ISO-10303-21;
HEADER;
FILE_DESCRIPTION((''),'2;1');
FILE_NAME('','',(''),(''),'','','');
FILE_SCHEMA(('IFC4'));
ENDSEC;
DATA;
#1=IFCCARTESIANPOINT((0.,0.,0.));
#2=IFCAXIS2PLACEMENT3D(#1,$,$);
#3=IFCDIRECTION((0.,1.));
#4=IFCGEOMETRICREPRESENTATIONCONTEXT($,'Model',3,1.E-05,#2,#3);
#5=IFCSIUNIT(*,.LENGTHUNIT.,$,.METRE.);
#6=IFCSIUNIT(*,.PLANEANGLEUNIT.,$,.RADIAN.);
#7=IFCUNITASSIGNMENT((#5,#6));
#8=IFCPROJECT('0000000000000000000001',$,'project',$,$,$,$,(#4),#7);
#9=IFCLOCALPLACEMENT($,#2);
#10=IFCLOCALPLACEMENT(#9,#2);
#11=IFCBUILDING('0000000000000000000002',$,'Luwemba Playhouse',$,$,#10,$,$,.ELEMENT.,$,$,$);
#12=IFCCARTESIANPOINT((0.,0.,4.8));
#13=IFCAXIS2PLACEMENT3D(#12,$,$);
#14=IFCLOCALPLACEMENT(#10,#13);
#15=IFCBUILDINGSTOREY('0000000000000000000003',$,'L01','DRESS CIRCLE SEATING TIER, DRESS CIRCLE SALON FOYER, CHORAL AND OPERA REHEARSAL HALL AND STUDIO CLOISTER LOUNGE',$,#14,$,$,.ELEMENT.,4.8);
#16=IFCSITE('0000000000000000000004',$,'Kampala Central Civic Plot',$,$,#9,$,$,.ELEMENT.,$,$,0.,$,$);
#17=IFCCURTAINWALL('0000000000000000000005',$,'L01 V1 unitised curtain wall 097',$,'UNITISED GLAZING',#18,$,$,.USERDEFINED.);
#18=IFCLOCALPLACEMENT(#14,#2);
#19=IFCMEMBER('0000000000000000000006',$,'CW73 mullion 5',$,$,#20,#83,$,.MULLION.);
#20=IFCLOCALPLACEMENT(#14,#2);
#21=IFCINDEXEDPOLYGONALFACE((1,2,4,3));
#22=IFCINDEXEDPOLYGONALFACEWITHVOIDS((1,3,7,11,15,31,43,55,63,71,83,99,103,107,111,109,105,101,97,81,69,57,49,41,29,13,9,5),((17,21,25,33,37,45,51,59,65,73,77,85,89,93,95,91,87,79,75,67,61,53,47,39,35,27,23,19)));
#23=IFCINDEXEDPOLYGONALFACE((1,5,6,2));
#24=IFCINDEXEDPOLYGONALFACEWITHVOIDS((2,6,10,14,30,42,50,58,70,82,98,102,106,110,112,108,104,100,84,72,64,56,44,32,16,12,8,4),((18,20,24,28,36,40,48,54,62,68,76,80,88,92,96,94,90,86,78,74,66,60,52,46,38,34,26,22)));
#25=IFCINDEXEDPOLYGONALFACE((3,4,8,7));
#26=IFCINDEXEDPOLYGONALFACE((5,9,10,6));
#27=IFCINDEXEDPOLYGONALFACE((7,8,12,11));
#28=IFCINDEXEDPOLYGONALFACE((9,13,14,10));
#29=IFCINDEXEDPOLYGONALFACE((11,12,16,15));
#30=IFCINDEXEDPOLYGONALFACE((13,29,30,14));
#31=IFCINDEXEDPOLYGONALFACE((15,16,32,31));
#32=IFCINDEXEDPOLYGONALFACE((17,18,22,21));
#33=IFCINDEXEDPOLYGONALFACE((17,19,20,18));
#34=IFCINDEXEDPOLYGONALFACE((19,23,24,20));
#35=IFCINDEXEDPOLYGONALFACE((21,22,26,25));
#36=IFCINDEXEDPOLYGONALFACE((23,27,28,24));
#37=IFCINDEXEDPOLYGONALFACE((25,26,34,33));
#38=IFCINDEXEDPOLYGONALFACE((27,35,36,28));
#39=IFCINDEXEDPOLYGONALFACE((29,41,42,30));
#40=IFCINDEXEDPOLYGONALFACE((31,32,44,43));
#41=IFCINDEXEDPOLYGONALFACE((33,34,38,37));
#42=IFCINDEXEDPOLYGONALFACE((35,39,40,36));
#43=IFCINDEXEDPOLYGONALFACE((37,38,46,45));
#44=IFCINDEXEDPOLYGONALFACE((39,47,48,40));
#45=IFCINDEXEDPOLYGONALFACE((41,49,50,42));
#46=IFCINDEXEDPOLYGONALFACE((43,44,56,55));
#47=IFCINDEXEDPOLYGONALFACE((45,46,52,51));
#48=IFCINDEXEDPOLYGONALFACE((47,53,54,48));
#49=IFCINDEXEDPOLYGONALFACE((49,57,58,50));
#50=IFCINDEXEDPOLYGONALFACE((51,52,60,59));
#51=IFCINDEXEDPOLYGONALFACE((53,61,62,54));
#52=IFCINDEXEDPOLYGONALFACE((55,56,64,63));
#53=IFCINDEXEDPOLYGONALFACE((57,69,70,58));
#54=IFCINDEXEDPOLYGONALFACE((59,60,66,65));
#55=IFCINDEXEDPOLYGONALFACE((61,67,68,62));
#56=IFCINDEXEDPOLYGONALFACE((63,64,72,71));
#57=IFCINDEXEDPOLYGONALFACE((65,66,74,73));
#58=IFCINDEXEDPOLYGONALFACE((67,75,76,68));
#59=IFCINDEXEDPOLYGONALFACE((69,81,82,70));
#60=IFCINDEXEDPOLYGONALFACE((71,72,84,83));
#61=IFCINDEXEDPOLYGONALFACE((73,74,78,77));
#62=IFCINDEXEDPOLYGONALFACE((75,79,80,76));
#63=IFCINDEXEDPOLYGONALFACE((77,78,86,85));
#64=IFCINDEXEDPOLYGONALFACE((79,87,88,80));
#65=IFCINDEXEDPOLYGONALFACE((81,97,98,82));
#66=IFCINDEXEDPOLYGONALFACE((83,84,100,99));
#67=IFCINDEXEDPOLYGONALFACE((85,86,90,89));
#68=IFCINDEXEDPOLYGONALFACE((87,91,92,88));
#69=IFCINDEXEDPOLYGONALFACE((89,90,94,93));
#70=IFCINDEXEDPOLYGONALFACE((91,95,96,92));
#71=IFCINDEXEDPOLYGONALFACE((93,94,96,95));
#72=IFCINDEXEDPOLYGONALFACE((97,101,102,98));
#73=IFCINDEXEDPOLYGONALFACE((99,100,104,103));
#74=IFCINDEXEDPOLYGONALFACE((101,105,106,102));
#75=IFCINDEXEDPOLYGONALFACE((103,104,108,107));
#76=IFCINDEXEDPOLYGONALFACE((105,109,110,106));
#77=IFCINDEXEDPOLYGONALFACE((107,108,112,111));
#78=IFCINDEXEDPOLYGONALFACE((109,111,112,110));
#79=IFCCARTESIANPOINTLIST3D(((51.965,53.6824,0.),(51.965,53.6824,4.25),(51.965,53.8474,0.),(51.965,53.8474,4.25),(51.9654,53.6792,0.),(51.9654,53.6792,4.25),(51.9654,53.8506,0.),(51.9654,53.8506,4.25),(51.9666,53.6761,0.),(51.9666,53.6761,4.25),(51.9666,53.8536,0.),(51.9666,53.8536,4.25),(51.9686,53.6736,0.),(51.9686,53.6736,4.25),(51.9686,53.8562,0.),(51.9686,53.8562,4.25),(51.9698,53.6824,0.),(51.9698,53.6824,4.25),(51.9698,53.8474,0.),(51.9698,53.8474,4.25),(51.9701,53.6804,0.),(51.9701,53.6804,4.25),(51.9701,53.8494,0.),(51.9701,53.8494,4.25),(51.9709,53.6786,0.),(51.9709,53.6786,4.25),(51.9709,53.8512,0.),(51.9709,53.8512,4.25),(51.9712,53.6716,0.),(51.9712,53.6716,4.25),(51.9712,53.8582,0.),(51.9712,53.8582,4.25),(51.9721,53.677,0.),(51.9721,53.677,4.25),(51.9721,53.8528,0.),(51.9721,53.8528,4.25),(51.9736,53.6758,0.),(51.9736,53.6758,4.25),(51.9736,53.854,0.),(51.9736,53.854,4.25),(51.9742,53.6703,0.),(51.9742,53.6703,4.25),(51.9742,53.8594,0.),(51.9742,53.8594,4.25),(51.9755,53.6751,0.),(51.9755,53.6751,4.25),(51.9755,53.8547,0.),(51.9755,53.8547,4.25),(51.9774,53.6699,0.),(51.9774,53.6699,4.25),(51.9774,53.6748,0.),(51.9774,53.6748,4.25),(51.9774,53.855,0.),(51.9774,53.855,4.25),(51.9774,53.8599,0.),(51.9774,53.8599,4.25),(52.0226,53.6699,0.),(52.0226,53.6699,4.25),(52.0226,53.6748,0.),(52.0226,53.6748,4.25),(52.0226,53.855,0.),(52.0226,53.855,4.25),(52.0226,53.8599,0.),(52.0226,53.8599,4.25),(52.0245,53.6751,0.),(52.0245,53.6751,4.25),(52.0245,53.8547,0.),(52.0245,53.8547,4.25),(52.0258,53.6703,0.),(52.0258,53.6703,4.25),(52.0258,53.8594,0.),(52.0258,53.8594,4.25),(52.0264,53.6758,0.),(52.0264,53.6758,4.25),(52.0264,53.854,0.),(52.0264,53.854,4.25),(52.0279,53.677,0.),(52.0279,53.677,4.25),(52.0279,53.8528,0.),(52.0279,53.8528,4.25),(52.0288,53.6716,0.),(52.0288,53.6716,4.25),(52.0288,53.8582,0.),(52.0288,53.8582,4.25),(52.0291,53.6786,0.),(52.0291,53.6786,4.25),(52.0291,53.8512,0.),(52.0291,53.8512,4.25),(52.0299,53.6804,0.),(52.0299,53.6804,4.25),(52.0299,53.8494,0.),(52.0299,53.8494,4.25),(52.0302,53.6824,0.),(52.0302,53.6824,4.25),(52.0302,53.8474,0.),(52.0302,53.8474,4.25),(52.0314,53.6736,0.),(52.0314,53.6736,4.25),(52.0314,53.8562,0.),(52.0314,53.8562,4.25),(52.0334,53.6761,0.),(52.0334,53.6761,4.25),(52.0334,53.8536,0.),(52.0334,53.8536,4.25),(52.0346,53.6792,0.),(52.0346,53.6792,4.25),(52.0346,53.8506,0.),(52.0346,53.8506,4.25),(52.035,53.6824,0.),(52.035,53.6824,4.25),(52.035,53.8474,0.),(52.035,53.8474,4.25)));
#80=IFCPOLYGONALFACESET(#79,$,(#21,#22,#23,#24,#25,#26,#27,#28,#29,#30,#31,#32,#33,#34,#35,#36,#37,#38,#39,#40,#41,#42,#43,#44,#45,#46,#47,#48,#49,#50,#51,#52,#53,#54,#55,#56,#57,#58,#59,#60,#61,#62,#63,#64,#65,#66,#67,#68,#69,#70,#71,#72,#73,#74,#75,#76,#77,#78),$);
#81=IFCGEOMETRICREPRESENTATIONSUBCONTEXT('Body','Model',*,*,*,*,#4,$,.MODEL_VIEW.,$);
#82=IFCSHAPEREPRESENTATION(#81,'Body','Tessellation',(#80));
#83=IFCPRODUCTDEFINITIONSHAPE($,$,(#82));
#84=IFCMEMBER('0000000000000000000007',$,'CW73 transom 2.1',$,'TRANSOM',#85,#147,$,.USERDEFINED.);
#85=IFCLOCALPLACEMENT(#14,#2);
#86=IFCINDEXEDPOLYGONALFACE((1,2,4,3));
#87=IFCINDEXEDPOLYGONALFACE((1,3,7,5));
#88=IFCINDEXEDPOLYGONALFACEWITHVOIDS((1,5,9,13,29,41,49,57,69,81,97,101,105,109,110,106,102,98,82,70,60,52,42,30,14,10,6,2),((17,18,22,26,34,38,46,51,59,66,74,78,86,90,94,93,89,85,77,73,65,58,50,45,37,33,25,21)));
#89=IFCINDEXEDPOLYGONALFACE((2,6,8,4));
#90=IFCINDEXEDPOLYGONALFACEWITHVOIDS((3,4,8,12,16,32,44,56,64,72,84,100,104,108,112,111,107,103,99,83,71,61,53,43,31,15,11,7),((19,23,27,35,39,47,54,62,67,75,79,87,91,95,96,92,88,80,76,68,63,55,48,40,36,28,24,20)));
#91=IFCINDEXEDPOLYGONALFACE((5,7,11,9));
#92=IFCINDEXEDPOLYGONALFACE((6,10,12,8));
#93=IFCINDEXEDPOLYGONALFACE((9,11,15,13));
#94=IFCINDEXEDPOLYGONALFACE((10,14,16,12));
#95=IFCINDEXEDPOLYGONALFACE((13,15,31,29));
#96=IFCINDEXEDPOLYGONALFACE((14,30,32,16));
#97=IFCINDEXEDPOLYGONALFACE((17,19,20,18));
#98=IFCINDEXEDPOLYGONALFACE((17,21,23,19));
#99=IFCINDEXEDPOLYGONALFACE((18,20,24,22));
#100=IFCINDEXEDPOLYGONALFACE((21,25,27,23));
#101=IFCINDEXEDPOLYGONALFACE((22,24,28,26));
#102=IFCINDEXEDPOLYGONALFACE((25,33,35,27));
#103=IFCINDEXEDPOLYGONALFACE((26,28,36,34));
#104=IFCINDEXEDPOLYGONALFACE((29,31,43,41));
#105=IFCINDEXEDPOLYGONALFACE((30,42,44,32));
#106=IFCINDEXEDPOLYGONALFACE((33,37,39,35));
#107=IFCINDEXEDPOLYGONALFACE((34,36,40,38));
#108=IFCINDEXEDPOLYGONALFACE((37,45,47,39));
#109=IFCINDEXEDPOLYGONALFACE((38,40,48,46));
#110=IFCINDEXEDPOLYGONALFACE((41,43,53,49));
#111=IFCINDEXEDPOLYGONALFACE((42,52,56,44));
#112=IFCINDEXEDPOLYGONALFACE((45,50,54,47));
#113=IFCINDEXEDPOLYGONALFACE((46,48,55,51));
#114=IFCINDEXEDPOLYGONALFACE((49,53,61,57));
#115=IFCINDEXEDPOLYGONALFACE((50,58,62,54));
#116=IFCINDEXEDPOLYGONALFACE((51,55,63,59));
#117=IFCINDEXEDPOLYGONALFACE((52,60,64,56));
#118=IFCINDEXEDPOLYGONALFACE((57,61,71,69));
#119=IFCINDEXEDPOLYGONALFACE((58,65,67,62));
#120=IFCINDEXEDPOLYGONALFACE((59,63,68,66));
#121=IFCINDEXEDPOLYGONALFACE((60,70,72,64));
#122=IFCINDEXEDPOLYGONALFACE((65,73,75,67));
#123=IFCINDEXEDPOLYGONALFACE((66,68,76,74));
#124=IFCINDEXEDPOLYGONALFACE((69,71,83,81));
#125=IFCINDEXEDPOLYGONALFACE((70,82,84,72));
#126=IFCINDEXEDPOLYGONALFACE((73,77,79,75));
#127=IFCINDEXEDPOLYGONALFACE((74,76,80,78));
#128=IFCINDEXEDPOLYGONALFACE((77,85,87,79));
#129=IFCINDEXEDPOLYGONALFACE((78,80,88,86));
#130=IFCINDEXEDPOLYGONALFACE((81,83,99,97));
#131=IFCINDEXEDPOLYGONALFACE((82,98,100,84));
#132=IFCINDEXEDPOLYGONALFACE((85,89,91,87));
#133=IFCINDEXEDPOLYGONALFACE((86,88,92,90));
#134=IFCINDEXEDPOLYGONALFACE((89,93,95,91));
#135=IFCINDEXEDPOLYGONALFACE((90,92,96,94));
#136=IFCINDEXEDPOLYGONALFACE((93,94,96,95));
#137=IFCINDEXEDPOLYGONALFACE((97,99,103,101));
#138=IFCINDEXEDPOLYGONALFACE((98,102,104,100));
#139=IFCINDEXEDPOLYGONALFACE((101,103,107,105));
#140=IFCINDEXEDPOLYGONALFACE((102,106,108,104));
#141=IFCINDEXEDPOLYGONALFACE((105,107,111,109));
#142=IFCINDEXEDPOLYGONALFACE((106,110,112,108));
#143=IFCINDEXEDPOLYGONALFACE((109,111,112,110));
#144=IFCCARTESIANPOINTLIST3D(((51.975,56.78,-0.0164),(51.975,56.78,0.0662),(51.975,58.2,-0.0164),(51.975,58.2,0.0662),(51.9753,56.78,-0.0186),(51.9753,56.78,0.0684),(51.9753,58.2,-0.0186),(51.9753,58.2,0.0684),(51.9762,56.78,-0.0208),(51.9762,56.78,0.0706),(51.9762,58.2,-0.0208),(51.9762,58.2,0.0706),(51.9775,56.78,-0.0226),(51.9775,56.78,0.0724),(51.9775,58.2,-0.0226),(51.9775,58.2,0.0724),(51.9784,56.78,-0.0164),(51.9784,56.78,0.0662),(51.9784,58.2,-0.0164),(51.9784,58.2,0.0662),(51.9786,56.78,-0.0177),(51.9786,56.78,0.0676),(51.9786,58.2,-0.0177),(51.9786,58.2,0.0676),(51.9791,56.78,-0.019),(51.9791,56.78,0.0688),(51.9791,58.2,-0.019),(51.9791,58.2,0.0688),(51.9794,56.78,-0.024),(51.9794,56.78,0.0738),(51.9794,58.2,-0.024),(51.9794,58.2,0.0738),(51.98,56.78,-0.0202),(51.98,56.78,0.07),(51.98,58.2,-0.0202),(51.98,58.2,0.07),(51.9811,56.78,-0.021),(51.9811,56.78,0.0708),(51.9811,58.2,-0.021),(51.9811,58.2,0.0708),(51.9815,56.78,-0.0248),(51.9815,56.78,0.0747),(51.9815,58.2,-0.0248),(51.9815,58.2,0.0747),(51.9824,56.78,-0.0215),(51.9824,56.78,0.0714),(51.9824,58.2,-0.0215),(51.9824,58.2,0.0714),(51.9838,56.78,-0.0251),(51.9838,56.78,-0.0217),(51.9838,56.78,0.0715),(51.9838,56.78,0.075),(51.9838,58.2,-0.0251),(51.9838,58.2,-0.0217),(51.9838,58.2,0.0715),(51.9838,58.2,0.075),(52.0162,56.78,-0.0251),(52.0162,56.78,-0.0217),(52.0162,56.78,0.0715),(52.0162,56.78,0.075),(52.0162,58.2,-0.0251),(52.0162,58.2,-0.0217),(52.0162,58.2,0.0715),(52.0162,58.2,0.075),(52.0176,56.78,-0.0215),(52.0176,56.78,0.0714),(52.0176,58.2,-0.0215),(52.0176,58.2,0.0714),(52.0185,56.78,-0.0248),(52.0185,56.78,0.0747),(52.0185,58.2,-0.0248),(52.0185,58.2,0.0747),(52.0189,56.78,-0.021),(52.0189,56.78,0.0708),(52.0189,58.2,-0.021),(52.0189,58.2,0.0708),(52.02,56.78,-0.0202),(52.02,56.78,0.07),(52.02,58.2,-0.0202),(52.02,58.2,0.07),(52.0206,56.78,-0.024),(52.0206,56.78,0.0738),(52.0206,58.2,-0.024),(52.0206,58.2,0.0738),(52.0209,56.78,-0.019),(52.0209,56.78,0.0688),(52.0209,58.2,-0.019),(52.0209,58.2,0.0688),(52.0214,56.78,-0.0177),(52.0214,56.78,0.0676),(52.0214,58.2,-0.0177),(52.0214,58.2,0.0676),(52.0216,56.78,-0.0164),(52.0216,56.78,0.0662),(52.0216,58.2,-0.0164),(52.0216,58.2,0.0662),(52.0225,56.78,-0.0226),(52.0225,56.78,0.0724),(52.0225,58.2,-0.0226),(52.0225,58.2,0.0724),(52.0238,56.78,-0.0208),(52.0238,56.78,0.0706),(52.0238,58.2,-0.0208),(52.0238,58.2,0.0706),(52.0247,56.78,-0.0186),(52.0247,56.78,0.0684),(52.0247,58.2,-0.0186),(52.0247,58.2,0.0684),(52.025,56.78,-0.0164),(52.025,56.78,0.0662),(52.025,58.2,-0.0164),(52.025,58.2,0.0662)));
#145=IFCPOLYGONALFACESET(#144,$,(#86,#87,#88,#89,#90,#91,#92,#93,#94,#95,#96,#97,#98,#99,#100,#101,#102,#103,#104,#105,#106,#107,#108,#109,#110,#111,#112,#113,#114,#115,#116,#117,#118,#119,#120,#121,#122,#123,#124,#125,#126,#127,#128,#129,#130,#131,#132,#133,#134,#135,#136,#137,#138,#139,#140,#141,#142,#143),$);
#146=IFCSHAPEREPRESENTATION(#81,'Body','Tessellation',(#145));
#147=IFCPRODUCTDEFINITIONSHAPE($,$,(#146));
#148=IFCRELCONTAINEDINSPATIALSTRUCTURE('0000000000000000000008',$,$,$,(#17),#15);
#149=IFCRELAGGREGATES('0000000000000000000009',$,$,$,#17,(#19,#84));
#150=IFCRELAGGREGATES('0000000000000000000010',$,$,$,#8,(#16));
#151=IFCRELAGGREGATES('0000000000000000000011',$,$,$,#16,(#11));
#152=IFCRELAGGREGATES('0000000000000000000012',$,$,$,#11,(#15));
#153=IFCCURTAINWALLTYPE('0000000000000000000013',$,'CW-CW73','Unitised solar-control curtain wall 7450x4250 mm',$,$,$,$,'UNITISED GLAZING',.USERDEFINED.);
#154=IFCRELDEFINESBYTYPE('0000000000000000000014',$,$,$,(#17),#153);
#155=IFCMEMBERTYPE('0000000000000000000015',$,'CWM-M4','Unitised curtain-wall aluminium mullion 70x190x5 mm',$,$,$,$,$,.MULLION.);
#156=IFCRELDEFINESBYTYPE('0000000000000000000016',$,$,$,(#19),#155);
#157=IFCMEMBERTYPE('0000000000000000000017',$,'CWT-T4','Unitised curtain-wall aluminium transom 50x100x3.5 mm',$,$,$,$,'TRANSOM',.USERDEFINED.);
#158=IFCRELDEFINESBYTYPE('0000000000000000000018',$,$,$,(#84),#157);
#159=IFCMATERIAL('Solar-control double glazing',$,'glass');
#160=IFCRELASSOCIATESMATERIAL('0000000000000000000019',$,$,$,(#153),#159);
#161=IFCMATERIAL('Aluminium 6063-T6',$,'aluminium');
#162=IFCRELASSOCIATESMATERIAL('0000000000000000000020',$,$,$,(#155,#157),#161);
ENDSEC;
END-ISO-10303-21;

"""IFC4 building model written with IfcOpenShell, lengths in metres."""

from ifc_helpers import new_model, si_unit, direction, frame, origin, origin_2d, place, context, subcontext, project, spatial, hollow_rectangle, extrude, material, material_profile, profile_set, type_object, element, aggregate, save


model = new_model("IFC4")

# Units and contexts
model_context = context("Model", 3, precision=1e-05, world=origin(), true_north=direction((0.0, 1.0)))
body_context = subcontext(model_context, "Body", "Model", "MODEL_VIEW")
ifc_project = project(units=[si_unit("LENGTHUNIT", "METRE"), si_unit("PLANEANGLEUNIT", "RADIAN")], contexts=[model_context])

# Site, building, storey
site_placement = place(None, origin())
site = spatial("IfcSite", under=ifc_project, at=site_placement, Name="Kampala Central Civic Plot", CompositionType="ELEMENT", RefElevation=0.0)
building_placement = place(site_placement, origin())
building = spatial("IfcBuilding", under=site, at=building_placement, Name="Luwemba Playhouse", CompositionType="ELEMENT")
storey_placement = place(building_placement, frame((0.0, 0.0, 4.8)))
storey = spatial("IfcBuildingStorey", under=building, at=storey_placement, Name="L01", Description="DRESS CIRCLE SEATING TIER, DRESS CIRCLE SALON FOYER, CHORAL AND OPERA REHEARSAL HALL AND STUDIO CLOISTER LOUNGE", CompositionType="ELEMENT", Elevation=4.8)

# Curtain wall, members
ifc_material_1 = material(Name="Solar-control double glazing", Category="glass")
curtain_wall_type = type_object("IfcCurtainWallType", Name="CW-CW73", Description="Unitised solar-control curtain wall 7450x4250 mm", ElementType="UNITISED GLAZING", PredefinedType="USERDEFINED", material=ifc_material_1)
curtain_wall_placement = place(storey_placement, origin())
curtain_wall = element("IfcCurtainWall", 1, at=curtain_wall_placement, inside=storey, type_object=curtain_wall_type, Name="L01 V1 unitised curtain wall 097", ObjectType="UNITISED GLAZING", PredefinedType="USERDEFINED")
ifc_material_2 = material(Name="Aluminium 6063-T6", Category="aluminium")
ifc_material_profile_1 = material_profile(ifc_material_2, hollow_rectangle(XDim=0.0701, YDim=0.1899, WallThickness=0.0049, InnerFilletRadius=0.0076, OuterFilletRadius=0.0125, at=origin_2d()))
ifc_profile_set_1 = profile_set([ifc_material_profile_1], Name="Aluminium 6063-T6")
member_type_1 = type_object("IfcMemberType", Name="CWM-M4", Description="Unitised curtain-wall aluminium mullion 70x190x5 mm", PredefinedType="MULLION", material=ifc_profile_set_1)
member_1_placement = place(storey_placement, frame((52.0, 53.7649, 0.0), z_axis=(0.0, 0.0, 1.0), x_axis=(1.0, 0.0, 0.0)))
member_1 = element("IfcMember", 2, at=member_1_placement, type_object=member_type_1, Name="CW73 mullion 5", PredefinedType="MULLION", context=body_context, shape_type="SweptSolid", body=[
    extrude(hollow_rectangle(XDim=0.0701, YDim=0.1899, WallThickness=0.0049, InnerFilletRadius=0.0076, OuterFilletRadius=0.0125, at=origin_2d()), origin(), (0.0, 0.0, 1.0), 4.25),
])
ifc_material_profile_2 = material_profile(ifc_material_2, hollow_rectangle(XDim=0.05, YDim=0.1001, WallThickness=0.0034, InnerFilletRadius=0.0054, OuterFilletRadius=0.0088, at=origin_2d()))
ifc_profile_set_2 = profile_set([ifc_material_profile_2], Name="Aluminium 6063-T6")
member_type_2 = type_object("IfcMemberType", Name="CWT-T4", Description="Unitised curtain-wall aluminium transom 50x100x3.5 mm", ElementType="TRANSOM", PredefinedType="USERDEFINED", material=ifc_profile_set_2)
member_2_placement = place(storey_placement, frame((52.0, 58.2, 0.0249), z_axis=(0.0, -1.0, 0.0), x_axis=(1.0, 0.0, 0.0)))
member_2 = element("IfcMember", 3, at=member_2_placement, type_object=member_type_2, Name="CW73 transom 2.1", ObjectType="TRANSOM", PredefinedType="USERDEFINED", context=body_context, shape_type="SweptSolid", body=[
    extrude(hollow_rectangle(XDim=0.05, YDim=0.1001, WallThickness=0.0034, InnerFilletRadius=0.0054, OuterFilletRadius=0.0088, at=origin_2d()), origin(), (0.0, 0.0, 1.0), 1.4199),
])
aggregate(curtain_wall, [member_1, member_2])

save(model, "model.ifc")
